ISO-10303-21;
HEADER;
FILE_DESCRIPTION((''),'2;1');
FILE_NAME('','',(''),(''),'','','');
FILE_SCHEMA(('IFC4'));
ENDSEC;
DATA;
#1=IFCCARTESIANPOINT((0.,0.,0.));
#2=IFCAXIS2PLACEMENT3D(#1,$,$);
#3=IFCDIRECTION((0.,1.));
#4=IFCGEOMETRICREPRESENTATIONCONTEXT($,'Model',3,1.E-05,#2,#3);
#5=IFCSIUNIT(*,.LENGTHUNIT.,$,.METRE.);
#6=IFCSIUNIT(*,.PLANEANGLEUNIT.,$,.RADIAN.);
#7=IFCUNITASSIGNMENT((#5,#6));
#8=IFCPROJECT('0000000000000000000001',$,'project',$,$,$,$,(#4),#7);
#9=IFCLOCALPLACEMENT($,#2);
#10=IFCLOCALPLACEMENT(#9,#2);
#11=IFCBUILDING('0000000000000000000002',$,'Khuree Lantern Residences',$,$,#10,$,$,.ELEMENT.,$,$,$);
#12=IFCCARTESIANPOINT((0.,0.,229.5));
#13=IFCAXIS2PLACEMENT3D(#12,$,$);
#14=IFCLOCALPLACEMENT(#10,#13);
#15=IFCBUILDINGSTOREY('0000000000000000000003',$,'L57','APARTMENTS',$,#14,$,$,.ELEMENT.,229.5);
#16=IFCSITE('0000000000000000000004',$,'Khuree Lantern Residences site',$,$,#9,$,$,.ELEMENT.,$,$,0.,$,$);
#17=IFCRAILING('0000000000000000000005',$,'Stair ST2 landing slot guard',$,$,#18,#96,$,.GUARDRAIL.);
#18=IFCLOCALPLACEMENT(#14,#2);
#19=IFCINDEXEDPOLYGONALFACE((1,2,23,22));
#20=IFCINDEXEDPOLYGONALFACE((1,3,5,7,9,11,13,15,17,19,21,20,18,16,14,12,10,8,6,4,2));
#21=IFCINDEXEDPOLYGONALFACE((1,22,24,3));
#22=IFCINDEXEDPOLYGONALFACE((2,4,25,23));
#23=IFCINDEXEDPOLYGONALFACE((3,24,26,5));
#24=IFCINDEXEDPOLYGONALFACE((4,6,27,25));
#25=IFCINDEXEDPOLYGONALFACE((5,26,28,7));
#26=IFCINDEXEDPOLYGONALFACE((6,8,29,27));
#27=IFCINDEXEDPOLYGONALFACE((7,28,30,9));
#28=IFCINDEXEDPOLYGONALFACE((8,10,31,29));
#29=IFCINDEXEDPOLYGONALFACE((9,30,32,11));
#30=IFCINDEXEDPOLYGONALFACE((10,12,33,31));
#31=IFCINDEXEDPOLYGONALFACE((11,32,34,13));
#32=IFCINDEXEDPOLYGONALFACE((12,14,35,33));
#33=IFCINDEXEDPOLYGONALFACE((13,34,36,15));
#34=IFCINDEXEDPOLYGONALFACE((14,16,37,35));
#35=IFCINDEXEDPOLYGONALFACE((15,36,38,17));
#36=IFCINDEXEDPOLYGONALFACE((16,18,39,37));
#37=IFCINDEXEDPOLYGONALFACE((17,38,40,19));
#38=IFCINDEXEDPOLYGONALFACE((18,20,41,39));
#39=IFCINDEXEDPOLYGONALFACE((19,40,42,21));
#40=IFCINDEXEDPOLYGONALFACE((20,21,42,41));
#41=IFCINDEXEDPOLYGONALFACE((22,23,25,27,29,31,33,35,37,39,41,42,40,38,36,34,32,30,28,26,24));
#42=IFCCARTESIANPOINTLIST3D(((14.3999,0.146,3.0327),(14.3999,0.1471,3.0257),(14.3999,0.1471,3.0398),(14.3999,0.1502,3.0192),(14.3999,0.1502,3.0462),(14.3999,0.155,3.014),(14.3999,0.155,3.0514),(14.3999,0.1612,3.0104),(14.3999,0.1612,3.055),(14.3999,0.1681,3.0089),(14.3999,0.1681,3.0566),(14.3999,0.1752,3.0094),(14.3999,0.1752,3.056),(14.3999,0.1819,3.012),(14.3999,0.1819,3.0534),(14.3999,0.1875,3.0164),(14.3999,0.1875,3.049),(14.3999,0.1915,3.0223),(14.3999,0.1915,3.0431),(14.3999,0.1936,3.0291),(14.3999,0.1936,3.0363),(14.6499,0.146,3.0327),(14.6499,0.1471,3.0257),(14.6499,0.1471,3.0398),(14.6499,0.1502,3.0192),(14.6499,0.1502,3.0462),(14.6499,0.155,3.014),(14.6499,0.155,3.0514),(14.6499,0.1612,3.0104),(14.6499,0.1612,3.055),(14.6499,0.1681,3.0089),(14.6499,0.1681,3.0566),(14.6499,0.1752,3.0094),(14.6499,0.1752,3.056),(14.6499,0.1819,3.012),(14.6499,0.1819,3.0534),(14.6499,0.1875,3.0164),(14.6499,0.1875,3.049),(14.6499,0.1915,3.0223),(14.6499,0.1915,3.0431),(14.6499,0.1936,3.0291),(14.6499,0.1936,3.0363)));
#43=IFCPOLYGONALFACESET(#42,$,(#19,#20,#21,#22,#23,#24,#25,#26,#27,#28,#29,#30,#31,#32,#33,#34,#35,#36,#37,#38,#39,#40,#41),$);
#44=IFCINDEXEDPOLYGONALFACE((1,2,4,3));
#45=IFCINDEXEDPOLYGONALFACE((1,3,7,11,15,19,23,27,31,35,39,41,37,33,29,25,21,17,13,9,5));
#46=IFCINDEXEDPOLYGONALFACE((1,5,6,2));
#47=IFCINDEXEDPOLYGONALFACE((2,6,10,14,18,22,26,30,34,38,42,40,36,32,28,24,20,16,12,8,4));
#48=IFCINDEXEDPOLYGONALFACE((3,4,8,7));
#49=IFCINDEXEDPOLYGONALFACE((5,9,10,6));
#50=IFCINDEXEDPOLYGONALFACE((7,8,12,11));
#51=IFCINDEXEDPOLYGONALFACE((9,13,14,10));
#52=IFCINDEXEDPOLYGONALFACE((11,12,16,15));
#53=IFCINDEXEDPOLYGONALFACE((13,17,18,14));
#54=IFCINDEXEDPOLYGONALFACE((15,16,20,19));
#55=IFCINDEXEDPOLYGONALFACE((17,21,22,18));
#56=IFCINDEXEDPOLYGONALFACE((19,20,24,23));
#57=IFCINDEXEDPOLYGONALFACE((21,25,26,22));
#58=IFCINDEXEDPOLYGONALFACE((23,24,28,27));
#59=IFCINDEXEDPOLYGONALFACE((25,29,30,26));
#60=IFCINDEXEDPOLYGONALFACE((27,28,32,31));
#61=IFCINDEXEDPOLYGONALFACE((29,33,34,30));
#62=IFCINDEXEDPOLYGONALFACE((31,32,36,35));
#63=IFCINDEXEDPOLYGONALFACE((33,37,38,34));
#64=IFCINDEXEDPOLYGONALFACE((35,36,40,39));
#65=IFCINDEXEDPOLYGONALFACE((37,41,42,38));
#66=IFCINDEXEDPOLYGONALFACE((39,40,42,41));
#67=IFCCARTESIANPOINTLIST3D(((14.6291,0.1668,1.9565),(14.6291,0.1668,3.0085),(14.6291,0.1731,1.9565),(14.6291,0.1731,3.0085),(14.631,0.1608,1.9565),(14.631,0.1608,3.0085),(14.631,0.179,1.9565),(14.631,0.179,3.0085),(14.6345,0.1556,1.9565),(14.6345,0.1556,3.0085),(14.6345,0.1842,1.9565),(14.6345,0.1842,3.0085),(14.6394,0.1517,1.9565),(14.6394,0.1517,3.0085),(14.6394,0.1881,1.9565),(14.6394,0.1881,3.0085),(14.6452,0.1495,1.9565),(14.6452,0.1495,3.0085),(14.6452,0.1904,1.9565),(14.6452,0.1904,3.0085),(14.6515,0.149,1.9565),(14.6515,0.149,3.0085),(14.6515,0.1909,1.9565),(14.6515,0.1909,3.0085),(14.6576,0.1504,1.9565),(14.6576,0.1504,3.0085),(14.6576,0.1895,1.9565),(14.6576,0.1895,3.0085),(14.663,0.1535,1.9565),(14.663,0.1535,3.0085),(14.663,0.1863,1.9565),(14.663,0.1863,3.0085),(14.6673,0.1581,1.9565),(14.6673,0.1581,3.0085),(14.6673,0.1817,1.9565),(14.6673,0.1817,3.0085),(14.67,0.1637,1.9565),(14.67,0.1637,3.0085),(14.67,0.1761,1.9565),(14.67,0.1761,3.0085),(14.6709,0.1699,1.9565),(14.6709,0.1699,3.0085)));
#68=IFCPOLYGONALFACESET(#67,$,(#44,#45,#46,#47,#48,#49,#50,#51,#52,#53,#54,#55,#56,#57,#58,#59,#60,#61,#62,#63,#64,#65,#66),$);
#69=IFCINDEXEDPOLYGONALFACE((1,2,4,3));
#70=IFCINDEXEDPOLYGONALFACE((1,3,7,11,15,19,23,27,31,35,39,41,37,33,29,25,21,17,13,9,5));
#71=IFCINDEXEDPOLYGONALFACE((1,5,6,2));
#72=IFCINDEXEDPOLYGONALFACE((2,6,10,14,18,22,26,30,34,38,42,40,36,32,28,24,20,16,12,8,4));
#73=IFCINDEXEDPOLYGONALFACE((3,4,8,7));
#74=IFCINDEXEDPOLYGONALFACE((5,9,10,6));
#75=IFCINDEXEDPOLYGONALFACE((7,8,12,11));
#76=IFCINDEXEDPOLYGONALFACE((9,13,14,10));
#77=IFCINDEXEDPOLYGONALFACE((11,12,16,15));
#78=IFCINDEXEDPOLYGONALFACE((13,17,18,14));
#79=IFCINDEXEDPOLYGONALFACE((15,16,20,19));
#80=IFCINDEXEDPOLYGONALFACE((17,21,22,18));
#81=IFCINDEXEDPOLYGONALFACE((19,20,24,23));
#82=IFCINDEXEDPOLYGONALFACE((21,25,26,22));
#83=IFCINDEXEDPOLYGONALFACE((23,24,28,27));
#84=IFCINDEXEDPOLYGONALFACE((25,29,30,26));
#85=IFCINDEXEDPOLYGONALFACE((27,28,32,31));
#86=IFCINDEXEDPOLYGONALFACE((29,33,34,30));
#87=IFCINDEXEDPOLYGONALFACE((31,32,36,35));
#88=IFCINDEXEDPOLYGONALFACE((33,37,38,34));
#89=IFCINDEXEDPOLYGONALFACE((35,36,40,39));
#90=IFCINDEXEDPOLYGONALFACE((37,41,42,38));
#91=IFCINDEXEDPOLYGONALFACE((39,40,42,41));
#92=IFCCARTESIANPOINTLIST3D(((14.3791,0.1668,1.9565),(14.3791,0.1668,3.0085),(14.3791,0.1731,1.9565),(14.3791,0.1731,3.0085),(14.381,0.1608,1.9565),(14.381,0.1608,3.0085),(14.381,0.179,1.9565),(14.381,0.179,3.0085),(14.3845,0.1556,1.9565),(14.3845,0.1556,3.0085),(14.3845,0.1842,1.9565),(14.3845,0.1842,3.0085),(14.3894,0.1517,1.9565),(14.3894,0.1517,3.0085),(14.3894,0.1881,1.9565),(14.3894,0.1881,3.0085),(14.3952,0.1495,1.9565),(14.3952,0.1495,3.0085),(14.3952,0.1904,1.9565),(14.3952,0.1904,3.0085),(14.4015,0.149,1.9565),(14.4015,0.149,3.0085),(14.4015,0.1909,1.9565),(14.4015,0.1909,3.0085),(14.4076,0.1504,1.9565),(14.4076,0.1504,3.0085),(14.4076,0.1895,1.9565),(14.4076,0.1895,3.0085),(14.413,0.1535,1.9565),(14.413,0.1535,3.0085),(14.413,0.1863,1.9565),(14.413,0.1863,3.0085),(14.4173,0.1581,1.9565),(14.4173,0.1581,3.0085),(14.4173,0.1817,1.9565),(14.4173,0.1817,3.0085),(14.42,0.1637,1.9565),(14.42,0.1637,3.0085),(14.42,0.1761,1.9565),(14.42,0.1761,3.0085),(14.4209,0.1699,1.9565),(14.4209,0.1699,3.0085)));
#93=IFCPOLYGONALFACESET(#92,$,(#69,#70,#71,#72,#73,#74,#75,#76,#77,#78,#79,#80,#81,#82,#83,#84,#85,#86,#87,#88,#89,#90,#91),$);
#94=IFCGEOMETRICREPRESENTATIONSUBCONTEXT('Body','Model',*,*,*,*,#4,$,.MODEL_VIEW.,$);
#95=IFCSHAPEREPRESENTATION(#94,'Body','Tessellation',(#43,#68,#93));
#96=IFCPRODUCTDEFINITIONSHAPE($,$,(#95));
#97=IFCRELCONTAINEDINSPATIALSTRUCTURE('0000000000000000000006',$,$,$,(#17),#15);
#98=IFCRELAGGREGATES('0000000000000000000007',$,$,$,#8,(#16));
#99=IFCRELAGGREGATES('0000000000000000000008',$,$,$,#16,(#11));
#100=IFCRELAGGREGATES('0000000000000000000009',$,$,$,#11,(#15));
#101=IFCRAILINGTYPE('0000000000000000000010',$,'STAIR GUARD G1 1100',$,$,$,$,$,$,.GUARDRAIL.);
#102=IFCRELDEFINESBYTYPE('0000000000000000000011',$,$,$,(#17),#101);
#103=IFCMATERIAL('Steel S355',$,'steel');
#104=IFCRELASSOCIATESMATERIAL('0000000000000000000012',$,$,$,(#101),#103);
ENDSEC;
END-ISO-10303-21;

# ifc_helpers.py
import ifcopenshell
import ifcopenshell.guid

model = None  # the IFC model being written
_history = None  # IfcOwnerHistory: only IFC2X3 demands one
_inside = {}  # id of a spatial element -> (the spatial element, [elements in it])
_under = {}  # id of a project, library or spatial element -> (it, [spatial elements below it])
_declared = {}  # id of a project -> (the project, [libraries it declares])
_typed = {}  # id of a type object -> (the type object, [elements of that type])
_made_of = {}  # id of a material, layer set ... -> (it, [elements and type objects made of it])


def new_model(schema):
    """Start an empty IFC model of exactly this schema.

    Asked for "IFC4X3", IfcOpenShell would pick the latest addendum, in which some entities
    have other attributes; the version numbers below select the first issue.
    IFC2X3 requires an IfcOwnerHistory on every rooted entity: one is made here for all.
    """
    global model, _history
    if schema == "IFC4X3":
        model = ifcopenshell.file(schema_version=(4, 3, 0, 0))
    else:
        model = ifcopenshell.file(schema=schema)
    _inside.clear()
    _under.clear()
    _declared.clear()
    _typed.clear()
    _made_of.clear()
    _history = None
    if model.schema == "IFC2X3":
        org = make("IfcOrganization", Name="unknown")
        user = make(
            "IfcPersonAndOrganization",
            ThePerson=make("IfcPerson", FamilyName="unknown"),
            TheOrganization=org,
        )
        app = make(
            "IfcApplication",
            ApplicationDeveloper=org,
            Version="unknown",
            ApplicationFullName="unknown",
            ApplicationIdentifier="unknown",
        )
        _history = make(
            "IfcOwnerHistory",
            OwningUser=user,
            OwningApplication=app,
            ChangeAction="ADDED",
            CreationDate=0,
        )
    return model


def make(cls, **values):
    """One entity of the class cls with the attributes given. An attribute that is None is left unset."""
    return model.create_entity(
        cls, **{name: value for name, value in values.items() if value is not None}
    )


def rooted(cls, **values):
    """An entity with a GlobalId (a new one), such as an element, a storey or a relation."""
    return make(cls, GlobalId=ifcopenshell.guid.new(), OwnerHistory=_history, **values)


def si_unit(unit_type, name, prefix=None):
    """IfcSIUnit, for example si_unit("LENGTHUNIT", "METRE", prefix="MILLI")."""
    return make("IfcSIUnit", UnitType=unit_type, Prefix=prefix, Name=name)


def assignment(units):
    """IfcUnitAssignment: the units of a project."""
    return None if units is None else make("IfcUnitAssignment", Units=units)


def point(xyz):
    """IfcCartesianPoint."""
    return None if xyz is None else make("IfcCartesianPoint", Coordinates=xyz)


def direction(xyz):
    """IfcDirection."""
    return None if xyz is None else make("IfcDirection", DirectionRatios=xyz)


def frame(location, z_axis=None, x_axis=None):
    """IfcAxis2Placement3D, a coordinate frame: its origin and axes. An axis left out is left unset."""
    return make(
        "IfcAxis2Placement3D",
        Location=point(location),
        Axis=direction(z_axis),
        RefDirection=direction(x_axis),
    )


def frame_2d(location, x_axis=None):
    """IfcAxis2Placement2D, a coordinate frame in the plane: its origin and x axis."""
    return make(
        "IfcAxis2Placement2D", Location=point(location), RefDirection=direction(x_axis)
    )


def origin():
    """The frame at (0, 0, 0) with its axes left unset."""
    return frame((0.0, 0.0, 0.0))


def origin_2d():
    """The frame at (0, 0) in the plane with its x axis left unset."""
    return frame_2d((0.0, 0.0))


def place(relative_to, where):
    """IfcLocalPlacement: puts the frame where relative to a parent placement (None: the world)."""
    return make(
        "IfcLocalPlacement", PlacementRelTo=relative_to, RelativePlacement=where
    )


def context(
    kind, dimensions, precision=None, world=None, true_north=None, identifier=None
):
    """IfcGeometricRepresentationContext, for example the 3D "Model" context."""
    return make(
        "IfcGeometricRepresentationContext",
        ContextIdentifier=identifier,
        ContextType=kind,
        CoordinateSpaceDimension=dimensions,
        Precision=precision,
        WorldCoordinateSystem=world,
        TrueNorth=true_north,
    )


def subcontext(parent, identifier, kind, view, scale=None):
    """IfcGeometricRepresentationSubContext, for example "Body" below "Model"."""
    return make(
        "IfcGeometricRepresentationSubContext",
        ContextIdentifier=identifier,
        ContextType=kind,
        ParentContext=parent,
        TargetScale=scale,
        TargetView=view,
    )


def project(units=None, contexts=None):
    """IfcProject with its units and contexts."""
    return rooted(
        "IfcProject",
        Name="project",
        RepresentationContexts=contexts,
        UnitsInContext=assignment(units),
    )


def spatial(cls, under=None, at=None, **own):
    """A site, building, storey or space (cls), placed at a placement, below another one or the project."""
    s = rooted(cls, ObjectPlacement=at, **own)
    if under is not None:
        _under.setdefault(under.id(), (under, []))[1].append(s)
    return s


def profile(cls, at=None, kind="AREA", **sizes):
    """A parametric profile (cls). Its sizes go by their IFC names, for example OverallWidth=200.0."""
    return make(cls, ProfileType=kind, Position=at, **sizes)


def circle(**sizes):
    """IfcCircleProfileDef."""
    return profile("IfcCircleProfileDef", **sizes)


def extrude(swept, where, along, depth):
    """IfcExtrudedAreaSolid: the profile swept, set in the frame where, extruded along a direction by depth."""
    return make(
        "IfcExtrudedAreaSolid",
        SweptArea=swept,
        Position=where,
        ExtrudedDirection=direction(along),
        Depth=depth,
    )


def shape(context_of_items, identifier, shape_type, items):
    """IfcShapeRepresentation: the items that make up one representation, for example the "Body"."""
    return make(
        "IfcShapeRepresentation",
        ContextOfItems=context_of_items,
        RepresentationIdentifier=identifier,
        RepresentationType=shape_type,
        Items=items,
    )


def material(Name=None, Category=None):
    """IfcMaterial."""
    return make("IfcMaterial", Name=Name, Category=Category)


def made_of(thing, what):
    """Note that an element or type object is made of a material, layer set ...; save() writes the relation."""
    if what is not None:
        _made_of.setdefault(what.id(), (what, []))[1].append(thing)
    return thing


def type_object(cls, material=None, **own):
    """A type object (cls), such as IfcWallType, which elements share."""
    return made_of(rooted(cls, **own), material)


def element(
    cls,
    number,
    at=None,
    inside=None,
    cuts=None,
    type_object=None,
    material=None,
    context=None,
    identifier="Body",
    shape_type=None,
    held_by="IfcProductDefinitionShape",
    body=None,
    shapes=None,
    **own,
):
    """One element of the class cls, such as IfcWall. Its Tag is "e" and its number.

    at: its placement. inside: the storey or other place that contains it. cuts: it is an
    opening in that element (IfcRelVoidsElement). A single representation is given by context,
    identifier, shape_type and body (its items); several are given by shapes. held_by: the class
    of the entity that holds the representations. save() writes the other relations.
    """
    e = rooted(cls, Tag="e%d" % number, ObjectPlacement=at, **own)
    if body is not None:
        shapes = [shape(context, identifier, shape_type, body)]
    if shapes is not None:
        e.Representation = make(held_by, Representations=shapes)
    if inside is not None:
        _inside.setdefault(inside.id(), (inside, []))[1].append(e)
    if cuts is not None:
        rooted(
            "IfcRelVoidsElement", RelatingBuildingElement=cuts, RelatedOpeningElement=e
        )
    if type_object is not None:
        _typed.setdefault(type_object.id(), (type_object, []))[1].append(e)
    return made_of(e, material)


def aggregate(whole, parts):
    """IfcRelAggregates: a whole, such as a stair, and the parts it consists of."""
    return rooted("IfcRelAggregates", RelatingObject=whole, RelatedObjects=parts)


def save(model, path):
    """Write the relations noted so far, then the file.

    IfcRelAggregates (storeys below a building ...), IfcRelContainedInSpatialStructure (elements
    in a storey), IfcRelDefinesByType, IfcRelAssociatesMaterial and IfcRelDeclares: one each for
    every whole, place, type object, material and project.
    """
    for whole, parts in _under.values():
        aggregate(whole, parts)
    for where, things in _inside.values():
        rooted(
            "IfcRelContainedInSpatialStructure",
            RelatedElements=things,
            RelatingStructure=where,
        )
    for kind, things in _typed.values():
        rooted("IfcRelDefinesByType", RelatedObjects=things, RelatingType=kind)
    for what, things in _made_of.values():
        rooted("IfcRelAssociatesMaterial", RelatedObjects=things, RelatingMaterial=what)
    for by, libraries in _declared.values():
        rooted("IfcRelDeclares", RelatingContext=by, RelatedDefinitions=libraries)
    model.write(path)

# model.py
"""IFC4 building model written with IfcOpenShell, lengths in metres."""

from ifc_helpers import new_model, si_unit, direction, frame, origin, origin_2d, place, context, subcontext, project, spatial, circle, extrude, material, type_object, element, save


model = new_model("IFC4")

# Units and contexts
model_context = context("Model", 3, precision=1e-05, world=origin(), true_north=direction((0.0, 1.0)))
body_context = subcontext(model_context, "Body", "Model", "MODEL_VIEW")
ifc_project = project(units=[si_unit("LENGTHUNIT", "METRE"), si_unit("PLANEANGLEUNIT", "RADIAN")], contexts=[model_context])

# Site, building, storey
site_placement = place(None, origin())
site = spatial("IfcSite", under=ifc_project, at=site_placement, Name="Khuree Lantern Residences site", CompositionType="ELEMENT", RefElevation=0.0)
building_placement = place(site_placement, origin())
building = spatial("IfcBuilding", under=site, at=building_placement, Name="Khuree Lantern Residences", CompositionType="ELEMENT")
storey_placement = place(building_placement, frame((0.0, 0.0, 229.5)))
storey = spatial("IfcBuildingStorey", under=building, at=storey_placement, Name="L57", Description="APARTMENTS", CompositionType="ELEMENT", Elevation=229.5)

# Railing
ifc_material_1 = material(Name="Steel S355", Category="steel")
railing_type = type_object("IfcRailingType", Name="STAIR GUARD G1 1100", PredefinedType="GUARDRAIL", material=ifc_material_1)
railing_placement = place(storey_placement, frame((14.6499, 0.1699, 1.9565)))
element("IfcRailing", 1, at=railing_placement, inside=storey, type_object=railing_type, Name="Stair ST2 landing slot guard", PredefinedType="GUARDRAIL", context=body_context, shape_type="SweptSolid", body=[
    extrude(circle(Radius=0.0239, at=origin_2d()), frame((0.0, 0.0, 1.0762), z_axis=(-1.0, 0.0, 0.0), x_axis=(0.0, -1.0, 0.0)), (0.0, 0.0, 1.0), 0.25),
    extrude(circle(Radius=0.021, at=origin_2d()), origin(), (0.0, 0.0, 1.0), 1.052),
    extrude(circle(Radius=0.021, at=origin_2d()), frame((-0.25, 0.0, 0.0)), (0.0, 0.0, 1.0), 1.052),
])

save(model, "model.ifc")
